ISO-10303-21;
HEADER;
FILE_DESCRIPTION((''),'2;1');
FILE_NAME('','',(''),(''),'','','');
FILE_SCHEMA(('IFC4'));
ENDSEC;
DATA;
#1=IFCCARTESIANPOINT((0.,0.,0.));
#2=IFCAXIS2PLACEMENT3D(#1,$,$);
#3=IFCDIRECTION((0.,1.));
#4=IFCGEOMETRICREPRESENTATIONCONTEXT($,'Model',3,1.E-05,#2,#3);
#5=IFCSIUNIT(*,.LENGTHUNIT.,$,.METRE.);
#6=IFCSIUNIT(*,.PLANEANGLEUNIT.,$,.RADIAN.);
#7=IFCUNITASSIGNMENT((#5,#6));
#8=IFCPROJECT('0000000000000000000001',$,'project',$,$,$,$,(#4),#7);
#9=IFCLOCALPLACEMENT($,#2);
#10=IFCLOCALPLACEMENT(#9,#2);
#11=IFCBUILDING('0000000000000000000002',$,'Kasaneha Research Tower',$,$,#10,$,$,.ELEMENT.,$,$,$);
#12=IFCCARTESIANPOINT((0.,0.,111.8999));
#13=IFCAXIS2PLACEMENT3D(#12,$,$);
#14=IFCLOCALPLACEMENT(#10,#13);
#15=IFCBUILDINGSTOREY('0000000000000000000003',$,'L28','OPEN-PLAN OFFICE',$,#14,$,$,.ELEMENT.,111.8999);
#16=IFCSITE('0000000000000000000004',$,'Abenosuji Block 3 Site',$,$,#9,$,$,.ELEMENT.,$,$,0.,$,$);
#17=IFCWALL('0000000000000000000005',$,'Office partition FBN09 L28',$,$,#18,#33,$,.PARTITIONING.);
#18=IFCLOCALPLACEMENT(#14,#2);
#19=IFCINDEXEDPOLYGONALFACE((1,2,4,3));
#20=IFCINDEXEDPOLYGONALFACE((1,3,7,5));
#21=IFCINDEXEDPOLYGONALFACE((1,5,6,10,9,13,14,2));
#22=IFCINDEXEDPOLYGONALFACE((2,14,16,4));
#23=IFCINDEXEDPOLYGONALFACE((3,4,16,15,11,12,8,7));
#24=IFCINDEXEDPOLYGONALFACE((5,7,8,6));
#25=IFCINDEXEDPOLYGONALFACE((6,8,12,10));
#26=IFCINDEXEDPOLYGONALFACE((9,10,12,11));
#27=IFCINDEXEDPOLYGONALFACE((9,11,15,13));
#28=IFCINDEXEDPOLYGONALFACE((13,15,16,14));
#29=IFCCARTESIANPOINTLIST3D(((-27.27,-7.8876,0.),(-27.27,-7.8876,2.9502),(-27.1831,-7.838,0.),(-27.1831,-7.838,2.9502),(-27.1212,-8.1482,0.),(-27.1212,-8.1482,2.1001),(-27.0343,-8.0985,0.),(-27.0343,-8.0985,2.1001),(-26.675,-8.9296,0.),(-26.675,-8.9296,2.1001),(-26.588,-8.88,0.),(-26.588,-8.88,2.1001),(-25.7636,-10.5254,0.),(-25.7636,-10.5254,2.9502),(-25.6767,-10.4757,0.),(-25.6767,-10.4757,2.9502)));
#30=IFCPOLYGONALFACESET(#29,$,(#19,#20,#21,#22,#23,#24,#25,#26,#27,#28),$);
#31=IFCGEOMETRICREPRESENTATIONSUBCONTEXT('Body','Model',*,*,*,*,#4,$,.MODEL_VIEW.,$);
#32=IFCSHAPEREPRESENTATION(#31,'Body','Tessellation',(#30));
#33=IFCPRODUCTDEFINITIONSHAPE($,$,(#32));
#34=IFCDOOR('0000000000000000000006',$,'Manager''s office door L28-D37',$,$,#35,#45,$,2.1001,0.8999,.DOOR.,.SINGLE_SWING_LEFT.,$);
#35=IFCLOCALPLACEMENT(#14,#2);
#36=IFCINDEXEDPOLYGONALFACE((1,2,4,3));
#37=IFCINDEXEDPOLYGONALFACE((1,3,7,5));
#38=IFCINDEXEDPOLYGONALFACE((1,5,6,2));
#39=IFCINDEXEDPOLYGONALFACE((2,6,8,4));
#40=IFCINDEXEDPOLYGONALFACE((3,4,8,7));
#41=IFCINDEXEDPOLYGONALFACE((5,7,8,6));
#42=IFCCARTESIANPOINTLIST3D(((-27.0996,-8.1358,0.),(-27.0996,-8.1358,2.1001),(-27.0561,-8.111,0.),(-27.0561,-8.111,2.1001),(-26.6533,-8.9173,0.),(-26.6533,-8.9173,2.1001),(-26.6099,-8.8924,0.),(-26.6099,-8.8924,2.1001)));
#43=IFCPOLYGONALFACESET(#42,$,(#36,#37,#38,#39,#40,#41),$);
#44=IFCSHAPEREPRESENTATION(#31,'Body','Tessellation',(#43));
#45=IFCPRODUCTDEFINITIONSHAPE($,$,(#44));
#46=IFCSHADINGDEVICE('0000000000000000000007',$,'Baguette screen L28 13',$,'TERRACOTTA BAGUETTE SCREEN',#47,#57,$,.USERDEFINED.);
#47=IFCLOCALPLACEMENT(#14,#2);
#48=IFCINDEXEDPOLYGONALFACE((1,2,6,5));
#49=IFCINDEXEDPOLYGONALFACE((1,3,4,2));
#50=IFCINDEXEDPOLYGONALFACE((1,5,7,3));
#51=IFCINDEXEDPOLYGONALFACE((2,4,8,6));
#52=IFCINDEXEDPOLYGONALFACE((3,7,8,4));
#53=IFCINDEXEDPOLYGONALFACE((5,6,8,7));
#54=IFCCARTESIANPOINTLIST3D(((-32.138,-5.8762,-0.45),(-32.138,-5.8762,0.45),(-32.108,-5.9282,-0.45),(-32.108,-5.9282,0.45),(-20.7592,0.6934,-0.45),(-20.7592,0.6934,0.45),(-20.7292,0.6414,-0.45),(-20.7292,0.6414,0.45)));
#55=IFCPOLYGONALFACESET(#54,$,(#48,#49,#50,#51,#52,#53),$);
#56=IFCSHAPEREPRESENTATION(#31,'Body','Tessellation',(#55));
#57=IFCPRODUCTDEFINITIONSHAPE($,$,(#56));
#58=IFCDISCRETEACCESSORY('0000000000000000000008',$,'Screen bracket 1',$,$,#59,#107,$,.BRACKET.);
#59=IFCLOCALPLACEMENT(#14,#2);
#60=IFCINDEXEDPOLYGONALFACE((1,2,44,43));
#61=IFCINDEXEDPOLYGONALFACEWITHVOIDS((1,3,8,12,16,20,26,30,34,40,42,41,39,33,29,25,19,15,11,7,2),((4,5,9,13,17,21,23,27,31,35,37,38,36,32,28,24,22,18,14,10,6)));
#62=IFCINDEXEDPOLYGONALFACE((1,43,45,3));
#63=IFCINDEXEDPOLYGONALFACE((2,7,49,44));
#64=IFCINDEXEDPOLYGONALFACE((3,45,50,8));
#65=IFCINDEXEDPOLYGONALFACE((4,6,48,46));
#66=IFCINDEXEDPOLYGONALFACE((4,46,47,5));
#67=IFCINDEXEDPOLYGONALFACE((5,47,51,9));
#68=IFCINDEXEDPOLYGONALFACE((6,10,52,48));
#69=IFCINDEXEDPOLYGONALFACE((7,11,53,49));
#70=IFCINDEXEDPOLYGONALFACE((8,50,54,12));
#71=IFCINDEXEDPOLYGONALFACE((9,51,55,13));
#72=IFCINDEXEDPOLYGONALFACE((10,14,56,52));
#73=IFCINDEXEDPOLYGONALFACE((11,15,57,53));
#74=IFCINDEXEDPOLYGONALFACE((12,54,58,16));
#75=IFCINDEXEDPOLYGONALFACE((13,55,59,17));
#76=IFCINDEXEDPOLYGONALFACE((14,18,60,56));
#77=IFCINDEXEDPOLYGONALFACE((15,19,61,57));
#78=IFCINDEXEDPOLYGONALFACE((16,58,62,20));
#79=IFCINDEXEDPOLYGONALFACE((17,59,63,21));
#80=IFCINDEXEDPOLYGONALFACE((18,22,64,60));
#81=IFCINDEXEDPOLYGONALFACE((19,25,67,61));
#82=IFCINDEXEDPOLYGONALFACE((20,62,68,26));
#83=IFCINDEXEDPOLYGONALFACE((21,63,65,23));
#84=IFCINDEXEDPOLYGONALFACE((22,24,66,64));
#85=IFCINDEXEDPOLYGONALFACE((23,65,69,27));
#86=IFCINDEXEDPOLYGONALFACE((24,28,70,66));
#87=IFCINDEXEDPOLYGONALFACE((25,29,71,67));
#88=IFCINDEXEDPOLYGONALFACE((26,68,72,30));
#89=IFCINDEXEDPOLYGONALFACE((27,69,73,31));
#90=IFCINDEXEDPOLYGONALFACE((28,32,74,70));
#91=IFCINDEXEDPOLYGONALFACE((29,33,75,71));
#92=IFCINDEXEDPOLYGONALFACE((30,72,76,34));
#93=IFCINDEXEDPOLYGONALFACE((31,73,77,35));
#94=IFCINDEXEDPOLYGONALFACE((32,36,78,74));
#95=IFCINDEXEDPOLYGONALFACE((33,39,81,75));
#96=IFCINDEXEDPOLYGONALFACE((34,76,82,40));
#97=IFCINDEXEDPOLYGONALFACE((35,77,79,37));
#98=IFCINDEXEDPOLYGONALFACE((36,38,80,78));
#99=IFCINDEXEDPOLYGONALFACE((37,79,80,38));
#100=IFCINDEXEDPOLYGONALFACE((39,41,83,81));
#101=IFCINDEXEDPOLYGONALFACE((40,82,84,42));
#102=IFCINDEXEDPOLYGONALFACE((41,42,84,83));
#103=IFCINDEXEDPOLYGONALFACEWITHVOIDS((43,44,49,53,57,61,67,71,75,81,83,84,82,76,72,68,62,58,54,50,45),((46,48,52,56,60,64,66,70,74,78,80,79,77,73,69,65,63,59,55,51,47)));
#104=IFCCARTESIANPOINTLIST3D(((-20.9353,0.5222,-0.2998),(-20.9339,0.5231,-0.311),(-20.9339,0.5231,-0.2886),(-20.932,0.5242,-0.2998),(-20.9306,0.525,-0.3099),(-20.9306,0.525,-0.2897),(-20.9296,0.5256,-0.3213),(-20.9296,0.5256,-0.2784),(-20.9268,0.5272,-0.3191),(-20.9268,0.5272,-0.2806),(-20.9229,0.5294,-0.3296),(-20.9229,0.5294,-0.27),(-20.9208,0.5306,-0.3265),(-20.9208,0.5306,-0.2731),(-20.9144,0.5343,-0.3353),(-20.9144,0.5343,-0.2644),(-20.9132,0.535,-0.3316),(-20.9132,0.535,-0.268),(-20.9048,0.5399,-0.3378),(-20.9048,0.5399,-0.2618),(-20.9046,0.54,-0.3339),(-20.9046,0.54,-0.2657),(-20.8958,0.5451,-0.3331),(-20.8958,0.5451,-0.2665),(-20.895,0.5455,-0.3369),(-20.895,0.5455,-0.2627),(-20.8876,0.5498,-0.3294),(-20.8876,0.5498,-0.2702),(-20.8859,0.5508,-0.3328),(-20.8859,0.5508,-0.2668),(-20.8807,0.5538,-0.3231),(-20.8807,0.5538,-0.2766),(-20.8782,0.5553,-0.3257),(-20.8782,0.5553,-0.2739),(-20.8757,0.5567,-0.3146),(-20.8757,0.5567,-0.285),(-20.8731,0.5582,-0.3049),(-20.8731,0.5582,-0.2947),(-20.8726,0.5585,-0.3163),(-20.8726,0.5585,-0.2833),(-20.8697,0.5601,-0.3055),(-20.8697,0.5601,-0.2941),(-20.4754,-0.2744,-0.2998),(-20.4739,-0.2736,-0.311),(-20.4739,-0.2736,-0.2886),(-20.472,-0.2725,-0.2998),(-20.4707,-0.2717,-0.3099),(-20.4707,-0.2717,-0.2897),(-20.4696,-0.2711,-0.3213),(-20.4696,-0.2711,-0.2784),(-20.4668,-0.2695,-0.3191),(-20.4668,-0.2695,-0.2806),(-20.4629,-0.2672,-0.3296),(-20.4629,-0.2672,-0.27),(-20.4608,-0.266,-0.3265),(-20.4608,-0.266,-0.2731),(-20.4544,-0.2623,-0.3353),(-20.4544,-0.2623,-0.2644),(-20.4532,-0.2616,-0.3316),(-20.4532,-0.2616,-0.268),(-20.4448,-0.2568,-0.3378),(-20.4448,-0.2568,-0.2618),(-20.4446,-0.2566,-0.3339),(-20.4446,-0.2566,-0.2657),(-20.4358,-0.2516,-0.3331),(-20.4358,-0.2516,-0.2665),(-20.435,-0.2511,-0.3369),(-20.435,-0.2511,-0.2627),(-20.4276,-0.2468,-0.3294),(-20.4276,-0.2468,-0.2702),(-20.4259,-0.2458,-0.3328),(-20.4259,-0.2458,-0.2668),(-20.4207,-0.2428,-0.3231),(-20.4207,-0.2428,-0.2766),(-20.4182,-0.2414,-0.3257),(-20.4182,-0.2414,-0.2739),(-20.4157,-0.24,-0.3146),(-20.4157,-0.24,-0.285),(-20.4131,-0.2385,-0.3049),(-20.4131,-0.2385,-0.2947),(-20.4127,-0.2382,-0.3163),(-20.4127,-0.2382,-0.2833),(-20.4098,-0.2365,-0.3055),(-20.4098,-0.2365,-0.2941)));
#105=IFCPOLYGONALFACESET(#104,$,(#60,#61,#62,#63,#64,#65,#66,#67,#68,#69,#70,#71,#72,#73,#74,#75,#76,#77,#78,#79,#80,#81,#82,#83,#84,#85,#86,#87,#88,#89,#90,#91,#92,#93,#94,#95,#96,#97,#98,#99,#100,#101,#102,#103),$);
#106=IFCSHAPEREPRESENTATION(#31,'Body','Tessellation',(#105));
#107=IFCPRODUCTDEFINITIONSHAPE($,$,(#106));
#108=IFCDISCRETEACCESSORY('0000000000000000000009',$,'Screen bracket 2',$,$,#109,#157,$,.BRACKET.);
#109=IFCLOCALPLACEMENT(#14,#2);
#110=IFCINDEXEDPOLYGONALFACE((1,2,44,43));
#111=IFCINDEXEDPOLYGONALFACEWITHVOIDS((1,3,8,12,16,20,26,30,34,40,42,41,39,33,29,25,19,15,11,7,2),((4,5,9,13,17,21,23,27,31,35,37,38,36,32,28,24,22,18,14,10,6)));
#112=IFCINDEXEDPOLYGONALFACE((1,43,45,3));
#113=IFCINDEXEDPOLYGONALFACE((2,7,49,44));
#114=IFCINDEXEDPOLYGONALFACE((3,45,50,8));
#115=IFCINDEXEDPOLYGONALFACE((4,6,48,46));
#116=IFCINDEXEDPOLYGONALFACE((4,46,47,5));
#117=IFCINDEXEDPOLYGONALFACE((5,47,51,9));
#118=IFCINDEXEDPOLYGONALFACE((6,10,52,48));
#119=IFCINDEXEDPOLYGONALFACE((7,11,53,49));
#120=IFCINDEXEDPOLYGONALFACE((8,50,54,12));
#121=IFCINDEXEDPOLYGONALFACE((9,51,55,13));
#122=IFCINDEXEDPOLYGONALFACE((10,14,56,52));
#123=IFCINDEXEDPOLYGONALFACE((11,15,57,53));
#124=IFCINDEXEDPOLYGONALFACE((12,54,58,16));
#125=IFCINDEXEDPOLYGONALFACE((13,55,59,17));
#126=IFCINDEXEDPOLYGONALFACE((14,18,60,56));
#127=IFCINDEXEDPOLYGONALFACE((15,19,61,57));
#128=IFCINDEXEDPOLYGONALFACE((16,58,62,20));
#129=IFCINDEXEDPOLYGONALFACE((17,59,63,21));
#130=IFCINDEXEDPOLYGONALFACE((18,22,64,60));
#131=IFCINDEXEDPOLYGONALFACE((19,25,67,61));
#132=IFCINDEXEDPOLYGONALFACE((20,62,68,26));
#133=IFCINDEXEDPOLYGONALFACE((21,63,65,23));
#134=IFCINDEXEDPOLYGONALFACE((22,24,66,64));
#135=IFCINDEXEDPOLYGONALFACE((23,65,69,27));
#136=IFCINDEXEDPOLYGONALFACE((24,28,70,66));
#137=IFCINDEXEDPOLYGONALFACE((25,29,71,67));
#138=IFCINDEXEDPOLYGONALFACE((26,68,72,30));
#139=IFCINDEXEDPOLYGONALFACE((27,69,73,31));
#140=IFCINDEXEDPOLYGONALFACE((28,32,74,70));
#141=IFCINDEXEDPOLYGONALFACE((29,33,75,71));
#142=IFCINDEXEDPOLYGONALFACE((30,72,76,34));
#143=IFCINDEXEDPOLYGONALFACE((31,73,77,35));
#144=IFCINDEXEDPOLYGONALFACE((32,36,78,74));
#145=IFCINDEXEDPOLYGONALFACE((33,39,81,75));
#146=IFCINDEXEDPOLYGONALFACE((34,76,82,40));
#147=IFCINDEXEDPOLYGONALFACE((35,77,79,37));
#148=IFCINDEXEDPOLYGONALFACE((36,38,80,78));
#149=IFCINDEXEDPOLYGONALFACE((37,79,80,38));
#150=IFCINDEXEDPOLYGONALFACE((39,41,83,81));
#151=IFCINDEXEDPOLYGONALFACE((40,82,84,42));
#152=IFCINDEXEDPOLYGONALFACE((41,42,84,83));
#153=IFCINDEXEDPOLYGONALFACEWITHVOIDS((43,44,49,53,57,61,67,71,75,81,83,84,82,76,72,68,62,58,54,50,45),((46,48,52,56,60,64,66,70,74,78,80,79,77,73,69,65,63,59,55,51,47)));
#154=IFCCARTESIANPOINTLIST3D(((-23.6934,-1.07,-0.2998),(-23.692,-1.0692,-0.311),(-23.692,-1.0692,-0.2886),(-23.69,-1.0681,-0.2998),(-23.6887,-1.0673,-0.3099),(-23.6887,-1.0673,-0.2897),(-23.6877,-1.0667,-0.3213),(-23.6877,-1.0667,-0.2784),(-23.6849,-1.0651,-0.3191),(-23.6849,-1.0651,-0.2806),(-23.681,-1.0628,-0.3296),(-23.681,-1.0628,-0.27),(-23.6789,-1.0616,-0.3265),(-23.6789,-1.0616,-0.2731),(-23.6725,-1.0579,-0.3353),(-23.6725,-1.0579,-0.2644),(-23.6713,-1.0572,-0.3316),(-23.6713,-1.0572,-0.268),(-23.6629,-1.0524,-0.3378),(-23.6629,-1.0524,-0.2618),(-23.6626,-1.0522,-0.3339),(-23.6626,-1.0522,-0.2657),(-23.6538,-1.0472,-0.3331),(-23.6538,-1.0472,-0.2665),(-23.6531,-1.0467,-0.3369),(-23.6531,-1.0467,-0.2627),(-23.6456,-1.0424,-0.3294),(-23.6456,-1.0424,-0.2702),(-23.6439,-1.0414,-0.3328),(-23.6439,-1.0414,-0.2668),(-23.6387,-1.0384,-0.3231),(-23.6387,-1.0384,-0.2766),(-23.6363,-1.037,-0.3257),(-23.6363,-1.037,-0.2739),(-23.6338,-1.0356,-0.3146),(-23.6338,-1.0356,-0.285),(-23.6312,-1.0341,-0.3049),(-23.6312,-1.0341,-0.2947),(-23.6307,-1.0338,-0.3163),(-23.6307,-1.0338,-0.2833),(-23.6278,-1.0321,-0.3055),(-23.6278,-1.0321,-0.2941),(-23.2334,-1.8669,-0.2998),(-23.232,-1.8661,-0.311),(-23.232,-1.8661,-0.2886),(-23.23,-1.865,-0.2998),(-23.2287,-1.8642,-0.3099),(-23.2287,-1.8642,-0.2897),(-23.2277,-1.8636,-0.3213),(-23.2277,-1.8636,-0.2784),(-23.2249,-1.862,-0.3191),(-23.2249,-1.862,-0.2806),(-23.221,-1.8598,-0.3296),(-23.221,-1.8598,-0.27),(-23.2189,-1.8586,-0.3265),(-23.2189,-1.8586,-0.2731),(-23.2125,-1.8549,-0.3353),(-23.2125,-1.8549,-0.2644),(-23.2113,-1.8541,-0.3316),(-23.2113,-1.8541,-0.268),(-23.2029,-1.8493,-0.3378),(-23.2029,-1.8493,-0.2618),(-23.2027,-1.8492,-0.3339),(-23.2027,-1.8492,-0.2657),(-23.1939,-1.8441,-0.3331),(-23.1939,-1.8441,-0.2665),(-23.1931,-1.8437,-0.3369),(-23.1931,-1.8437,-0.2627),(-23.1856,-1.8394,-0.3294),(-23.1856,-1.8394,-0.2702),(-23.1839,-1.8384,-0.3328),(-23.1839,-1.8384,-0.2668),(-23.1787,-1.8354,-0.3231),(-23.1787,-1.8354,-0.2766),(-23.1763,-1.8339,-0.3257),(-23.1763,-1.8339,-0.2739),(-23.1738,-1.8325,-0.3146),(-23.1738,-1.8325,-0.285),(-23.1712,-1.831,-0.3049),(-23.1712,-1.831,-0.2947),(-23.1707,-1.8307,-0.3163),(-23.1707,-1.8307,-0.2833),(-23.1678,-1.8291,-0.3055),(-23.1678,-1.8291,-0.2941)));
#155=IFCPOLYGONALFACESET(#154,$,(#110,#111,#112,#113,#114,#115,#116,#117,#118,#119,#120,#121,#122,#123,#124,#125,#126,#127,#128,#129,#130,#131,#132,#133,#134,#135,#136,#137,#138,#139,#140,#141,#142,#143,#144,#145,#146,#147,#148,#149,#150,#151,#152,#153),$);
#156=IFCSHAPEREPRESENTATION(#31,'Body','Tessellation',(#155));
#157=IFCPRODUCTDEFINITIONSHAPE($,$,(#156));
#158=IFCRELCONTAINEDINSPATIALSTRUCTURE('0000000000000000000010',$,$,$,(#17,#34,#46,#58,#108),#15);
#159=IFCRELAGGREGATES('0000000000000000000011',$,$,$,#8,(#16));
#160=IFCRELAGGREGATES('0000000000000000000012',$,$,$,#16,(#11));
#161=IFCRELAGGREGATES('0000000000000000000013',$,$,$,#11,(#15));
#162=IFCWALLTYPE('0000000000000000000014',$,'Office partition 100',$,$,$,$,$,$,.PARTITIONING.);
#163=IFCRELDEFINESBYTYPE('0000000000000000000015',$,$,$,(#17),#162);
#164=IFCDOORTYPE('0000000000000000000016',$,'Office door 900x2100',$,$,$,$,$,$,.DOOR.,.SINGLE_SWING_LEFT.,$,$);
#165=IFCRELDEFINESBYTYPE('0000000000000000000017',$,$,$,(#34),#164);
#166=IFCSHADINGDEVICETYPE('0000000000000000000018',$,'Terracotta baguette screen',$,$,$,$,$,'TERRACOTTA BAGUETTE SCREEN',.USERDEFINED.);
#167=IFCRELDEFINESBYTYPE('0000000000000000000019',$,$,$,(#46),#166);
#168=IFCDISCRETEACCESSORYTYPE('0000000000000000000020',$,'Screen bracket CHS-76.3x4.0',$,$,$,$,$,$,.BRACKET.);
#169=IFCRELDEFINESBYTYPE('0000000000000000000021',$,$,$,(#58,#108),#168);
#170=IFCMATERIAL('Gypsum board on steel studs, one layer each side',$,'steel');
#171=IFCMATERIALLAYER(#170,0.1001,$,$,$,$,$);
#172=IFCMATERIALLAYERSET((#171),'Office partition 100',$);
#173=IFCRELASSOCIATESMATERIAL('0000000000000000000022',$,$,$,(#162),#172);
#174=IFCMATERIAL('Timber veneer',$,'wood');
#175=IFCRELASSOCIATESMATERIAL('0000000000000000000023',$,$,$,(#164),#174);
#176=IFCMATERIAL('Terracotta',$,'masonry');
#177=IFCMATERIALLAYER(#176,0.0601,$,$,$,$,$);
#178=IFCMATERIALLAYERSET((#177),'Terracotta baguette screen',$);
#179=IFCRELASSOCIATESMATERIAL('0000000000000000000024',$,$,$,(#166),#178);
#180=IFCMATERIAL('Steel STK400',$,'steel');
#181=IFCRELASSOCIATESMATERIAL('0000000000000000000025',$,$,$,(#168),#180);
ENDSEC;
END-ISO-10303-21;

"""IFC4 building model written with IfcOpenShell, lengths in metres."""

from ifc_helpers import new_model, si_unit, direction, frame, frame_2d, origin, origin_2d, place, context, subcontext, project, spatial, rectangle, hollow_circle, extrude, material, layer, layer_set, material_profile, profile_set, type_object, element, fill, save


model = new_model("IFC4")

# Units and contexts
model_context = context("Model", 3, precision=1e-05, world=origin(), true_north=direction((0.0, 1.0)))
body_context = subcontext(model_context, "Body", "Model", "MODEL_VIEW")
ifc_project = project(units=[si_unit("LENGTHUNIT", "METRE"), si_unit("PLANEANGLEUNIT", "RADIAN")], contexts=[model_context])

# Site, building, storey
site_placement = place(None, origin())
site = spatial("IfcSite", under=ifc_project, at=site_placement, Name="Abenosuji Block 3 Site", CompositionType="ELEMENT", RefElevation=0.0)
building_placement = place(site_placement, origin())
building = spatial("IfcBuilding", under=site, at=building_placement, Name="Kasaneha Research Tower", CompositionType="ELEMENT")
storey_placement = place(building_placement, frame((0.0, 0.0, 111.8999)))
storey = spatial("IfcBuildingStorey", under=building, at=storey_placement, Name="L28", Description="OPEN-PLAN OFFICE", CompositionType="ELEMENT", Elevation=111.8999)

# Shared definitions
ifc_material_1 = material(Name="Gypsum board on steel studs, one layer each side", Category="steel")
ifc_layer_1 = layer(ifc_material_1, 0.1001)
ifc_layer_set_1 = layer_set([ifc_layer_1], Name="Office partition 100")
wall_type = type_object("IfcWallType", Name="Office partition 100", PredefinedType="PARTITIONING", material=ifc_layer_set_1)

# Wall, opening, door
ifc_material_2 = material(Name="Timber veneer", Category="wood")
door_type = type_object("IfcDoorType", Name="Office door 900x2100", OperationType="SINGLE_SWING_LEFT", PredefinedType="DOOR", material=ifc_material_2)
wall_1_placement = place(storey_placement, frame((-27.2266, -7.8628, 0.0), z_axis=(0.0, 0.0, 1.0), x_axis=(0.495914, -0.868372, 0.0)))
wall_1 = element("IfcWall", 1, at=wall_1_placement, inside=storey, type_object=wall_type, Name="Office partition FBN09 L28", PredefinedType="PARTITIONING", context=body_context, shape_type="SweptSolid", body=[
    extrude(rectangle(XDim=3.0376, YDim=0.1001, at=frame_2d((1.5188, 0.0))), origin(), (0.0, 0.0, 1.0), 2.9502),
])
opening_1_placement = place(wall_1_placement, frame((0.3, 0.0, 0.0)))
opening_1 = element("IfcOpeningElement", 2, at=opening_1_placement, cuts=wall_1, PredefinedType="OPENING", context=body_context, shape_type="SweptSolid", body=[
    extrude(rectangle(XDim=0.8999, YDim=2.1001, at=frame_2d((0.45, 1.05))), frame((0.0, 0.0601, 0.0), z_axis=(0.0, -1.0, 0.0), x_axis=(1.0, 0.0, 0.0)), (0.0, 0.0, 1.0), 0.1201),
])
door_1_placement = place(opening_1_placement, origin())
door_1 = element("IfcDoor", 3, at=door_1_placement, inside=storey, type_object=door_type, Name="Manager's office door L28-D37", OperationType="SINGLE_SWING_LEFT", OverallHeight=2.1001, OverallWidth=0.8999, PredefinedType="DOOR", context=body_context, shape_type="SweptSolid", body=[
    extrude(rectangle(XDim=0.8999, YDim=2.1001, at=frame_2d((0.45, 1.05))), frame((0.0, 0.0249, 0.0), z_axis=(0.0, -1.0, 0.0), x_axis=(1.0, 0.0, 0.0)), (0.0, 0.0, 1.0), 0.05),
])
fill(opening_1, door_1)

# Shading device
ifc_material_3 = material(Name="Terracotta", Category="masonry")
ifc_layer_2 = layer(ifc_material_3, 0.0601)
ifc_layer_set_2 = layer_set([ifc_layer_2], Name="Terracotta baguette screen")
shading_device_type = type_object("IfcShadingDeviceType", Name="Terracotta baguette screen", ElementType="TERRACOTTA BAGUETTE SCREEN", PredefinedType="USERDEFINED", material=ifc_layer_set_2)
shading_device_placement = place(storey_placement, frame((-26.4336, -2.6174, -0.45), z_axis=(0.0, 0.0, 1.0), x_axis=(-0.866025, -0.5, 0.0)))
element("IfcShadingDevice", 4, at=shading_device_placement, inside=storey, type_object=shading_device_type, Name="Baguette screen L28 13", ObjectType="TERRACOTTA BAGUETTE SCREEN", PredefinedType="USERDEFINED", context=body_context, shape_type="SweptSolid", body=[
    extrude(rectangle(XDim=13.1392, YDim=0.0601, at=origin_2d()), origin(), (0.0, 0.0, 1.0), 0.8999),
])

# Discrete accessories
ifc_material_4 = material(Name="Steel STK400", Category="steel")
ifc_material_profile_1 = material_profile(ifc_material_4, hollow_circle(Radius=0.0381, WallThickness=0.0039, at=origin_2d()), Name="CHS-76.3x4.0")
ifc_profile_set_1 = profile_set([ifc_material_profile_1], Name="Steel STK400")
discrete_accessory_type = type_object("IfcDiscreteAccessoryType", Name="Screen bracket CHS-76.3x4.0", PredefinedType="BRACKET", material=ifc_profile_set_1)
discrete_accessory_1_placement = place(storey_placement, frame((-20.4424, -0.2554, -0.2998), z_axis=(-0.500021, 0.866013, 0.0), x_axis=(-0.866013, -0.500021, 0.0)))
element("IfcDiscreteAccessory", 5, at=discrete_accessory_1_placement, inside=storey, type_object=discrete_accessory_type, Name="Screen bracket 1", PredefinedType="BRACKET", context=body_context, shape_type="SweptSolid", body=[
    extrude(hollow_circle(Radius=0.0381, WallThickness=0.0039, at=origin_2d()), origin(), (0.0, 0.0, 1.0), 0.9199),
])
discrete_accessory_2_placement = place(storey_placement, frame((-23.2004, -1.8479, -0.2998), z_axis=(-0.499906, 0.86608, 0.0), x_axis=(-0.86608, -0.499906, 0.0)))
element("IfcDiscreteAccessory", 6, at=discrete_accessory_2_placement, inside=storey, type_object=discrete_accessory_type, Name="Screen bracket 2", PredefinedType="BRACKET", context=body_context, shape_type="SweptSolid", body=[
    extrude(hollow_circle(Radius=0.0381, WallThickness=0.0039, at=origin_2d()), origin(), (0.0, 0.0, 1.0), 0.9202),
])

save(model, "model.ifc")
